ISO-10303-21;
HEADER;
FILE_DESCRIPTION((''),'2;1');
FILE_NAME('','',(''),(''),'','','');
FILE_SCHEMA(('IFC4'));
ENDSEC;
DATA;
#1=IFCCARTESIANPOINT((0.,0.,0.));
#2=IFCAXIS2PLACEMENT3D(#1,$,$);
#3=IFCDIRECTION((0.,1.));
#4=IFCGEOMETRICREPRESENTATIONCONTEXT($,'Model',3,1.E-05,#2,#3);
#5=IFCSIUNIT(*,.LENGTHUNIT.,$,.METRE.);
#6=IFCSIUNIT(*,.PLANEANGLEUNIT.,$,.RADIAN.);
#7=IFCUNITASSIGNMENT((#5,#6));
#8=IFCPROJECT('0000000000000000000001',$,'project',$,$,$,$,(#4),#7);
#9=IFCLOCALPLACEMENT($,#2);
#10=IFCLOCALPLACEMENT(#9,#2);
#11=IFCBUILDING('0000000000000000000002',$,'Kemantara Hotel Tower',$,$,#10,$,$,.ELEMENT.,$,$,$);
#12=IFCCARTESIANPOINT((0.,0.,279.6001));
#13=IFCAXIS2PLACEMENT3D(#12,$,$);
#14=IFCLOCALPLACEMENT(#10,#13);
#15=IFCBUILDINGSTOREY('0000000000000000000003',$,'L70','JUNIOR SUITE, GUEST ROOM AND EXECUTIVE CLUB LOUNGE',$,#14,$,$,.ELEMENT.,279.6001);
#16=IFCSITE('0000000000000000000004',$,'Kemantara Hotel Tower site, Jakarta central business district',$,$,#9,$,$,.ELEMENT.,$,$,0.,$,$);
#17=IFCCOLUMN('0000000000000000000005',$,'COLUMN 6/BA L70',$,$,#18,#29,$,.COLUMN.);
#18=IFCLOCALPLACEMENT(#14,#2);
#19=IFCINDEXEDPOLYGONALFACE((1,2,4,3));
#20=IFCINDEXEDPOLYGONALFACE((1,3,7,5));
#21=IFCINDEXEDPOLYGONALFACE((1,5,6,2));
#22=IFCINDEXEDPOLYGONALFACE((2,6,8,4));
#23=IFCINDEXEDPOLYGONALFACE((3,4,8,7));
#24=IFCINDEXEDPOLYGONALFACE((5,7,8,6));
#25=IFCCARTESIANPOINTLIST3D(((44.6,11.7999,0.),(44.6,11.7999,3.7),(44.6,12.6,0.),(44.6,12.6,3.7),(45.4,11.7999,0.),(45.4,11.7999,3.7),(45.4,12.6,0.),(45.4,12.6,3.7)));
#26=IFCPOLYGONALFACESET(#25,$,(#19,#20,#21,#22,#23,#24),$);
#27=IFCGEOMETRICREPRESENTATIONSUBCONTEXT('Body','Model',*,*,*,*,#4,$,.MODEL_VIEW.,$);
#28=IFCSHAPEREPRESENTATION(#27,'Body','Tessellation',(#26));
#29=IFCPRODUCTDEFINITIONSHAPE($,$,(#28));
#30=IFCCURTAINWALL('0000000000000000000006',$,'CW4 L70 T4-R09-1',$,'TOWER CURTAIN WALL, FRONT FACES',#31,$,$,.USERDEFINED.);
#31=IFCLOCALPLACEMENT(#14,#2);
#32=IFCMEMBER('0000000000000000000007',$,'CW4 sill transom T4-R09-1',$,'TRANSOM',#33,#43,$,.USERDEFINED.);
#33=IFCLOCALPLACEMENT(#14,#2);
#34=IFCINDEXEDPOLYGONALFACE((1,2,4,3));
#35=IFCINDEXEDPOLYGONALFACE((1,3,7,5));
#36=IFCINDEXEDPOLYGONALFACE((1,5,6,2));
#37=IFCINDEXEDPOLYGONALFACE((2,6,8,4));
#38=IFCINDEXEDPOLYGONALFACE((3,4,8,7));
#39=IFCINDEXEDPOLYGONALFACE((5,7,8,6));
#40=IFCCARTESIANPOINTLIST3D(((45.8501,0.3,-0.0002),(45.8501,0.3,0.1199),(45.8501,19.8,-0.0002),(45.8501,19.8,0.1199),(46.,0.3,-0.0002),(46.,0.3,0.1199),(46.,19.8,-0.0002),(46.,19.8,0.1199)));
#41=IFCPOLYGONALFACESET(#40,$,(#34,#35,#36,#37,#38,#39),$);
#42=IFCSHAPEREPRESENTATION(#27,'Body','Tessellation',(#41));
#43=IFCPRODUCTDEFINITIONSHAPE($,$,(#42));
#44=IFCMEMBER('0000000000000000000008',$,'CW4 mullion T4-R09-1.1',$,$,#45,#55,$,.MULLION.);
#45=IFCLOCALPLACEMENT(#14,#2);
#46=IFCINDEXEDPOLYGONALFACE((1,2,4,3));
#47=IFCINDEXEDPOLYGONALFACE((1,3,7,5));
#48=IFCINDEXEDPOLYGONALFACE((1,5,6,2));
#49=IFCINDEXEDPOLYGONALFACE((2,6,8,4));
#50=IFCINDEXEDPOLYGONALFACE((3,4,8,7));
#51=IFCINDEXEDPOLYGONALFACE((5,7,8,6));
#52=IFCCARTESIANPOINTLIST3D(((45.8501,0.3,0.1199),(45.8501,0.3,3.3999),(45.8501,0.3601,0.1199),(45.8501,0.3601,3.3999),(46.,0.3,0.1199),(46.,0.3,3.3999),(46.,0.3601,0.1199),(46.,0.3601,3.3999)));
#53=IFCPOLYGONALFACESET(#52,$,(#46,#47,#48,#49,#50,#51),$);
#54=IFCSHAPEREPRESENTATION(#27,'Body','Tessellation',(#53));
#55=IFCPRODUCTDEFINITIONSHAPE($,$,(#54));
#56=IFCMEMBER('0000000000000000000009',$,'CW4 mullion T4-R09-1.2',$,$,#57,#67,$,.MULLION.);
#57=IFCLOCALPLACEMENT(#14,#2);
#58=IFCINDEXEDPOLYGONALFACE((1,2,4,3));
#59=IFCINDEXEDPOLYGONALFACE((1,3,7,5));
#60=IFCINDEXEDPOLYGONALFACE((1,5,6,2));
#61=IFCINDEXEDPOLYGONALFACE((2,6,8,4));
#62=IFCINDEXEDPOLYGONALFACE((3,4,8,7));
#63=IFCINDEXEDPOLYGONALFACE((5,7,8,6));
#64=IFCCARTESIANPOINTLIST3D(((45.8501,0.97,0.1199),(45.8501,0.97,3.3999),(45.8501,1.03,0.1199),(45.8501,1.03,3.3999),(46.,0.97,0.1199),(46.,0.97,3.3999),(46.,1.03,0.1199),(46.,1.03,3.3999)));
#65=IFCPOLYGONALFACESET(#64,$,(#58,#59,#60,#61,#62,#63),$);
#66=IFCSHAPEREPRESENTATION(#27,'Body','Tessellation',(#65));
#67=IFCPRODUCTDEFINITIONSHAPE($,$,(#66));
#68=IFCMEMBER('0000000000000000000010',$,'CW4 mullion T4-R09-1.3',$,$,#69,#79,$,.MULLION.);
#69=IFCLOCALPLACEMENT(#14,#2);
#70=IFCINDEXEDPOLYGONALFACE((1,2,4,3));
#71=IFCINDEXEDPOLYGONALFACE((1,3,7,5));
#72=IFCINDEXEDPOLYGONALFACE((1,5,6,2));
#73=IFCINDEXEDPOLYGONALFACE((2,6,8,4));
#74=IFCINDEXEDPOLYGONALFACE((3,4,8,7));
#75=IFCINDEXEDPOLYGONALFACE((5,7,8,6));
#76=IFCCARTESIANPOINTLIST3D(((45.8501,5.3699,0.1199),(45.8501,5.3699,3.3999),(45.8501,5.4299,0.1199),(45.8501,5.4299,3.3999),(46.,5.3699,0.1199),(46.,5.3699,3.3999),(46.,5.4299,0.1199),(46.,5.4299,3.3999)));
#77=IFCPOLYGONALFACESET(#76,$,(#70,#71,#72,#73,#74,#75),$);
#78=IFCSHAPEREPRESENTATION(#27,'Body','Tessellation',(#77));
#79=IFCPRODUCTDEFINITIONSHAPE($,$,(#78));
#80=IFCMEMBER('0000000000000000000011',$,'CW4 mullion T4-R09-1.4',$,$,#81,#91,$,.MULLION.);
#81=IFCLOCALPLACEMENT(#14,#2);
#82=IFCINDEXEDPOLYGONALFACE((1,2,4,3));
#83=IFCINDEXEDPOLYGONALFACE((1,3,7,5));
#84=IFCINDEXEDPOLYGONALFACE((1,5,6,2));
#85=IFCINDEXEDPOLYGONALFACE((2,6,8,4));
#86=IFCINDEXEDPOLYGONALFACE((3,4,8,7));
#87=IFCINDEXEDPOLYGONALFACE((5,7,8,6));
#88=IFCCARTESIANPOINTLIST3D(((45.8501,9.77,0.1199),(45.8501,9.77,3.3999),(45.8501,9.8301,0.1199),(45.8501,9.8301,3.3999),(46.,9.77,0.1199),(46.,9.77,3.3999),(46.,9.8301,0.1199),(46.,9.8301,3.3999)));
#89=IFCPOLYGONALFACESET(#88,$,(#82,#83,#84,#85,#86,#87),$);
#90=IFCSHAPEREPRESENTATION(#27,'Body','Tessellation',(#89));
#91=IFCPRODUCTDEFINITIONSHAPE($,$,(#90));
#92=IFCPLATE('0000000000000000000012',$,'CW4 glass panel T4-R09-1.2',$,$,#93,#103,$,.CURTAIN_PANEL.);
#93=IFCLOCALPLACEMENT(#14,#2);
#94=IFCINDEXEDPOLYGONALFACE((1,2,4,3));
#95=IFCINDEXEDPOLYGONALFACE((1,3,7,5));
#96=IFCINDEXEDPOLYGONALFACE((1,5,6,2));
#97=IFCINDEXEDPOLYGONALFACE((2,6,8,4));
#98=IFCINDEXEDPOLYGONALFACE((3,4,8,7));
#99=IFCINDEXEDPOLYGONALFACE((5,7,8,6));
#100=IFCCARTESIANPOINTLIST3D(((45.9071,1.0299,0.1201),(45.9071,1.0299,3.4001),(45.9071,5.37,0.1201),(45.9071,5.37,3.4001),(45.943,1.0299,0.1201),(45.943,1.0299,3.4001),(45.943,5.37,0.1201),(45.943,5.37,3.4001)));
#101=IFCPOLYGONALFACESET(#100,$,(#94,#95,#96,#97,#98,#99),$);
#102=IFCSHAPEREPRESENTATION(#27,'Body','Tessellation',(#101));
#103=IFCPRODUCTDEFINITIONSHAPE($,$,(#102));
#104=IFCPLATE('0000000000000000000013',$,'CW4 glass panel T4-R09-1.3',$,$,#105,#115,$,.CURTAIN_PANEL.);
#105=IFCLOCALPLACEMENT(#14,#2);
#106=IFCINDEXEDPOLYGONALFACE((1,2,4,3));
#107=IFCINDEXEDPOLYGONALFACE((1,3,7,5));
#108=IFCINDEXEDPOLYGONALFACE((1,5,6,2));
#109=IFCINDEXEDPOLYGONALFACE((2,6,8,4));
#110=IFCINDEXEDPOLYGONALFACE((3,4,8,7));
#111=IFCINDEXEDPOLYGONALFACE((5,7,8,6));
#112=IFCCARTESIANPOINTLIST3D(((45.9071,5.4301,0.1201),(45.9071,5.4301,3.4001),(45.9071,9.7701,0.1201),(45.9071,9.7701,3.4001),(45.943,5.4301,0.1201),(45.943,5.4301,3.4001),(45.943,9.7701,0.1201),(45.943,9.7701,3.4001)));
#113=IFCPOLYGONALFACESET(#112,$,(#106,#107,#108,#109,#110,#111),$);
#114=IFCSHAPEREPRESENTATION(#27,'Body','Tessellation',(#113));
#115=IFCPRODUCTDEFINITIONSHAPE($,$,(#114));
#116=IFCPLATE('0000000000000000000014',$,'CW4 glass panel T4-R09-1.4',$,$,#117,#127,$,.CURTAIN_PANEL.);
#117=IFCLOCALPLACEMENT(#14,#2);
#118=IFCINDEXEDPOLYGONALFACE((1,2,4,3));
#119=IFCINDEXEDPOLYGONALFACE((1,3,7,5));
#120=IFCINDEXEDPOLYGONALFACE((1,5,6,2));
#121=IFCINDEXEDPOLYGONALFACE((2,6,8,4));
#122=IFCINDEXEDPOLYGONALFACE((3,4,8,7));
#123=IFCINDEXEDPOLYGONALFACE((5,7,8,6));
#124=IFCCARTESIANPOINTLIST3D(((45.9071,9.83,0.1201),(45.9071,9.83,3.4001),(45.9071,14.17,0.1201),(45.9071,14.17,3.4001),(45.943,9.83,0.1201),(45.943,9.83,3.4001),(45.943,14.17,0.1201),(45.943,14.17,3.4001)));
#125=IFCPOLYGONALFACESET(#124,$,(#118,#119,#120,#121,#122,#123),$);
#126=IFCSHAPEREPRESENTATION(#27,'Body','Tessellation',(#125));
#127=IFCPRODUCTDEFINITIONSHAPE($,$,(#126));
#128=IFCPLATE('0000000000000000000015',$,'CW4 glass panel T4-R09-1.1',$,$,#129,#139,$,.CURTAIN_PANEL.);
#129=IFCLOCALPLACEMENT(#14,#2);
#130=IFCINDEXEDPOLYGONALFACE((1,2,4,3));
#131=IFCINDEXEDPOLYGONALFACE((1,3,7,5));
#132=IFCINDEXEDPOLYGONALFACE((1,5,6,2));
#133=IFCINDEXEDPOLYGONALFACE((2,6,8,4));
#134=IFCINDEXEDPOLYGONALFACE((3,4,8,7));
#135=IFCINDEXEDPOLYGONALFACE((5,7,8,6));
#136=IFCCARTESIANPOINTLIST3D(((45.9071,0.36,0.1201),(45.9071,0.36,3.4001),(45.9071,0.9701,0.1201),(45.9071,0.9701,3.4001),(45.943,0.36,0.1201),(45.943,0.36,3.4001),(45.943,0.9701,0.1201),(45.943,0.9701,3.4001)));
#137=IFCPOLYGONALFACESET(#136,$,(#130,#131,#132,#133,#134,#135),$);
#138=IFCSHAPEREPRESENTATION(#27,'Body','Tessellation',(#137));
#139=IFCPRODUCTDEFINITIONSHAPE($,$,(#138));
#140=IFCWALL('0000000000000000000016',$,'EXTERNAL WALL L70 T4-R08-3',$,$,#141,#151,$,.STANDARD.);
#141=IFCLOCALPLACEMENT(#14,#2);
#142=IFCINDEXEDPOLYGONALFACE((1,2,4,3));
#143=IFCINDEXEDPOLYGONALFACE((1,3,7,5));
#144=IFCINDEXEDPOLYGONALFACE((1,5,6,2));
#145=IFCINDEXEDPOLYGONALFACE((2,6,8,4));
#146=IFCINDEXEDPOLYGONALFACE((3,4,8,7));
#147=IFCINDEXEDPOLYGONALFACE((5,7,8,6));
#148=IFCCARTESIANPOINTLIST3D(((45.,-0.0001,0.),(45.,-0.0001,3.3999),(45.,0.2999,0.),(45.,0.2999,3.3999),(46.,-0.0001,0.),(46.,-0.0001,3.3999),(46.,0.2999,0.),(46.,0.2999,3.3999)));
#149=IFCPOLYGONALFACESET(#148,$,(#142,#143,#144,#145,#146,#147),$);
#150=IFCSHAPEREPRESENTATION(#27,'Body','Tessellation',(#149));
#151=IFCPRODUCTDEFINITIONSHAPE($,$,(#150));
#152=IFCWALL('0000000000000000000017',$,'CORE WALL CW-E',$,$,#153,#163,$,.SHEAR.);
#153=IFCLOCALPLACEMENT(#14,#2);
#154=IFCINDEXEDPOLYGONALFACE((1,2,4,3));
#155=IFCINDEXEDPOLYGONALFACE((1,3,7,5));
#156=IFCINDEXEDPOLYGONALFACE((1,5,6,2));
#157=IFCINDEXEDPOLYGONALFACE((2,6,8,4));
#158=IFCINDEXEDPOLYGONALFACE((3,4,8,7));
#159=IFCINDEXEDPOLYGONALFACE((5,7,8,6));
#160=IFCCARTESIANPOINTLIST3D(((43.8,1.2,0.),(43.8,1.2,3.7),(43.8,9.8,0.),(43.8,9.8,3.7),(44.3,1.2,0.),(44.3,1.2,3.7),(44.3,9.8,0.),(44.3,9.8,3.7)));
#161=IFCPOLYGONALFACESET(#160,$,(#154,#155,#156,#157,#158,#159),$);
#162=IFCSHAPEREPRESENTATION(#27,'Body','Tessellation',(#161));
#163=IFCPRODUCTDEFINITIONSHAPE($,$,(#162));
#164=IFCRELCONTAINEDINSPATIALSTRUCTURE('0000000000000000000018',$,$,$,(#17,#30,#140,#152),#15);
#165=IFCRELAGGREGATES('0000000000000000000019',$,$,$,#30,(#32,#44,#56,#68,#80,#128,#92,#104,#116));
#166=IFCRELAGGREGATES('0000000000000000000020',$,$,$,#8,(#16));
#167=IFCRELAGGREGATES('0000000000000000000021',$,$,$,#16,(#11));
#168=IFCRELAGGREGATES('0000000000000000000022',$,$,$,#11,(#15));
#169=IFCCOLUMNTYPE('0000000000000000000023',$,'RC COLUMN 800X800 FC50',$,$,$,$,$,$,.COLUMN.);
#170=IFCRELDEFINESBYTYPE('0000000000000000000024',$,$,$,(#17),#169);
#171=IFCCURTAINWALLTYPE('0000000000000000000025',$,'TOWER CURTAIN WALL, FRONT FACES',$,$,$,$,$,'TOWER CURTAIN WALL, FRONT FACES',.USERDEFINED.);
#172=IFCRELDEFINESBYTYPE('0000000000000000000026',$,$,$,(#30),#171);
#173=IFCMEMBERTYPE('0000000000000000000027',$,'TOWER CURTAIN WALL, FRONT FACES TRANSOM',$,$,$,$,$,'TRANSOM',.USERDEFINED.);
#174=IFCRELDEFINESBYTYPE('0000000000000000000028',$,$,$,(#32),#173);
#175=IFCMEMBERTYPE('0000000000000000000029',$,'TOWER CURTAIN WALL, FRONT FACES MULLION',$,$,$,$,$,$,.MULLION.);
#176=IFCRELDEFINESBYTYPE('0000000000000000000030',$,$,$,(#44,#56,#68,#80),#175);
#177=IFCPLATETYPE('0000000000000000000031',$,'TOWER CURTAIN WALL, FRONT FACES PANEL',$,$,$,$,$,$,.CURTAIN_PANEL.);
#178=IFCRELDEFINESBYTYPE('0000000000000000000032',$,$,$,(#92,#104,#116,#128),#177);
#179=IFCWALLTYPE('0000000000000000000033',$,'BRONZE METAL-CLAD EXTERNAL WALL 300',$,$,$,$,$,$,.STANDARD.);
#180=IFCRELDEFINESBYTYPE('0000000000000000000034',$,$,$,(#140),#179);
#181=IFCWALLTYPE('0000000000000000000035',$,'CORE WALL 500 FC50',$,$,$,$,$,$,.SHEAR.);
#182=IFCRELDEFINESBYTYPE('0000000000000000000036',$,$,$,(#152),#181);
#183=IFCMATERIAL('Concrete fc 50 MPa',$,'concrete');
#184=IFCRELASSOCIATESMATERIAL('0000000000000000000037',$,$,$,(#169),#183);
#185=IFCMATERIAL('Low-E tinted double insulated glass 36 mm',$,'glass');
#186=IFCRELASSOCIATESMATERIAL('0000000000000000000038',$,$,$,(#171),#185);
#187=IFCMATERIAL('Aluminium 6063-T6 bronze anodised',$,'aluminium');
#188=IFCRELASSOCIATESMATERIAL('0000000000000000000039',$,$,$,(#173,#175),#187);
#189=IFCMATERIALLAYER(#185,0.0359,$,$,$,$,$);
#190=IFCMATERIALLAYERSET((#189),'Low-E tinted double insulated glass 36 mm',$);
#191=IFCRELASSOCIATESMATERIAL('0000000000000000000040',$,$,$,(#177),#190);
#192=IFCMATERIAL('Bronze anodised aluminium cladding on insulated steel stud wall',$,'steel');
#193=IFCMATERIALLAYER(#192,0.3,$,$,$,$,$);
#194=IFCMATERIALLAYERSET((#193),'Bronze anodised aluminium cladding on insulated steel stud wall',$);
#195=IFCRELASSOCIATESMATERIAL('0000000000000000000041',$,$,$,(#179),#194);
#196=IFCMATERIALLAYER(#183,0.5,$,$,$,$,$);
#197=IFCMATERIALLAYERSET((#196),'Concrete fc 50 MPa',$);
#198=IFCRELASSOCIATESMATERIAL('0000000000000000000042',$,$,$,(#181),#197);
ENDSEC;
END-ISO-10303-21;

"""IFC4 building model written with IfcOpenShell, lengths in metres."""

from ifc_helpers import new_model, si_unit, direction, frame, frame_2d, origin, origin_2d, place, context, subcontext, project, spatial, rectangle, extrude, source, transform, mapped, material, layer, layer_set, material_profile, profile_set, type_object, element, aggregate, save


model = new_model("IFC4")

# Units and contexts
model_context = context("Model", 3, precision=1e-05, world=origin(), true_north=direction((0.0, 1.0)))
body_context = subcontext(model_context, "Body", "Model", "MODEL_VIEW")
ifc_project = project(units=[si_unit("LENGTHUNIT", "METRE"), si_unit("PLANEANGLEUNIT", "RADIAN")], contexts=[model_context])

# Site, building, storey
site_placement = place(None, origin())
site = spatial("IfcSite", under=ifc_project, at=site_placement, Name="Kemantara Hotel Tower site, Jakarta central business district", CompositionType="ELEMENT", RefElevation=0.0)
building_placement = place(site_placement, origin())
building = spatial("IfcBuilding", under=site, at=building_placement, Name="Kemantara Hotel Tower", CompositionType="ELEMENT")
storey_placement = place(building_placement, frame((0.0, 0.0, 279.6001)))
storey = spatial("IfcBuildingStorey", under=building, at=storey_placement, Name="L70", Description="JUNIOR SUITE, GUEST ROOM AND EXECUTIVE CLUB LOUNGE", CompositionType="ELEMENT", Elevation=279.6001)

# Column
ifc_material_1 = material(Name="Concrete fc 50 MPa", Category="concrete")
ifc_material_profile_1 = material_profile(ifc_material_1, rectangle(XDim=0.8, YDim=0.8, at=origin_2d()), Name="RC 800X800")
ifc_profile_set_1 = profile_set([ifc_material_profile_1], Name="Concrete fc 50 MPa")
column_type = type_object("IfcColumnType", Name="RC COLUMN 800X800 FC50", PredefinedType="COLUMN", material=ifc_profile_set_1)
column_placement = place(storey_placement, frame((45.0, 12.2, 0.0), z_axis=(0.0, 0.0, 1.0), x_axis=(1.0, 0.0, 0.0)))
element("IfcColumn", 1, at=column_placement, inside=storey, type_object=column_type, Name="COLUMN 6/BA L70", PredefinedType="COLUMN", context=body_context, shape_type="SweptSolid", body=[
    extrude(rectangle(XDim=0.8, YDim=0.8, at=origin_2d()), origin(), (0.0, 0.0, 1.0), 3.7),
])

# Curtain wall, members, plates
ifc_material_2 = material(Name="Low-E tinted double insulated glass 36 mm", Category="glass")
curtain_wall_type = type_object("IfcCurtainWallType", Name="TOWER CURTAIN WALL, FRONT FACES", ElementType="TOWER CURTAIN WALL, FRONT FACES", PredefinedType="USERDEFINED", material=ifc_material_2)
curtain_wall_placement = place(storey_placement, origin())
curtain_wall = element("IfcCurtainWall", 2, at=curtain_wall_placement, inside=storey, type_object=curtain_wall_type, Name="CW4 L70 T4-R09-1", ObjectType="TOWER CURTAIN WALL, FRONT FACES", PredefinedType="USERDEFINED")
ifc_material_3 = material(Name="Aluminium 6063-T6 bronze anodised", Category="aluminium")
ifc_material_profile_2 = material_profile(ifc_material_3, rectangle(XDim=0.1499, YDim=0.1201, at=origin_2d()), Name="TOWER CURTAIN WALL, FRONT FACES TRANSOM")
ifc_profile_set_2 = profile_set([ifc_material_profile_2], Name="Aluminium 6063-T6 bronze anodised")
member_type_1 = type_object("IfcMemberType", Name="TOWER CURTAIN WALL, FRONT FACES TRANSOM", ElementType="TRANSOM", PredefinedType="USERDEFINED", material=ifc_profile_set_2)
member_1_placement = place(storey_placement, frame((45.925, 0.3, 0.0598), z_axis=(0.0, 1.0, 0.0), x_axis=(-1.0, 0.0, 0.0)))
member_1 = element("IfcMember", 3, at=member_1_placement, type_object=member_type_1, Name="CW4 sill transom T4-R09-1", ObjectType="TRANSOM", PredefinedType="USERDEFINED", context=body_context, shape_type="SweptSolid", body=[
    extrude(rectangle(XDim=0.1499, YDim=0.1201, at=origin_2d()), origin(), (0.0, 0.0, 1.0), 19.5),
])
ifc_material_profile_3 = material_profile(ifc_material_3, rectangle(XDim=0.1499, YDim=0.0601, at=origin_2d()), Name="TOWER CURTAIN WALL, FRONT FACES MULLION")
ifc_profile_set_3 = profile_set([ifc_material_profile_3], Name="Aluminium 6063-T6 bronze anodised")
member_type_2 = type_object("IfcMemberType", Name="TOWER CURTAIN WALL, FRONT FACES MULLION", PredefinedType="MULLION", material=ifc_profile_set_3)
shared_shape_1 = source(origin(), body_context, "Body", "SweptSolid", [
    extrude(rectangle(XDim=0.1499, YDim=0.0601, at=origin_2d()), origin(), (0.0, 0.0, 1.0), 3.28),
])
member_2_placement = place(storey_placement, frame((45.925, 0.3301, 0.1199), z_axis=(0.0, 0.0, 1.0), x_axis=(-1.0, 0.0, 0.0)))
member_2 = element("IfcMember", 4, at=member_2_placement, type_object=member_type_2, Name="CW4 mullion T4-R09-1.1", PredefinedType="MULLION", context=body_context, shape_type="MappedRepresentation", body=[
    mapped(shared_shape_1, transform((0.0, 0.0, 0.0))),
])
member_3_placement = place(storey_placement, frame((45.925, 1.0, 0.1199), z_axis=(0.0, 0.0, 1.0), x_axis=(-1.0, 0.0, 0.0)))
member_3 = element("IfcMember", 5, at=member_3_placement, type_object=member_type_2, Name="CW4 mullion T4-R09-1.2", PredefinedType="MULLION", context=body_context, shape_type="MappedRepresentation", body=[
    mapped(shared_shape_1, transform((0.0, 0.0, 0.0))),
])
member_4_placement = place(storey_placement, frame((45.925, 5.3999, 0.1199), z_axis=(0.0, 0.0, 1.0), x_axis=(-1.0, 0.0, 0.0)))
member_4 = element("IfcMember", 6, at=member_4_placement, type_object=member_type_2, Name="CW4 mullion T4-R09-1.3", PredefinedType="MULLION", context=body_context, shape_type="MappedRepresentation", body=[
    mapped(shared_shape_1, transform((0.0, 0.0, 0.0))),
])
member_5_placement = place(storey_placement, frame((45.925, 9.8, 0.1199), z_axis=(0.0, 0.0, 1.0), x_axis=(-1.0, 0.0, 0.0)))
member_5 = element("IfcMember", 7, at=member_5_placement, type_object=member_type_2, Name="CW4 mullion T4-R09-1.4", PredefinedType="MULLION", context=body_context, shape_type="MappedRepresentation", body=[
    mapped(shared_shape_1, transform((0.0, 0.0, 0.0))),
])
ifc_layer_1 = layer(ifc_material_2, 0.0359)
ifc_layer_set_1 = layer_set([ifc_layer_1], Name="Low-E tinted double insulated glass 36 mm")
plate_type = type_object("IfcPlateType", Name="TOWER CURTAIN WALL, FRONT FACES PANEL", PredefinedType="CURTAIN_PANEL", material=ifc_layer_set_1)
shared_shape_2 = source(origin(), body_context, "Body", "SweptSolid", [
    extrude(rectangle(XDim=4.3401, YDim=0.0359, at=origin_2d()), origin(), (0.0, 0.0, 1.0), 3.28),
])
plate_1_placement = place(storey_placement, frame((45.925, 3.2, 0.1201), z_axis=(0.0, 0.0, 1.0), x_axis=(0.0, 1.0, 0.0)))
plate_1 = element("IfcPlate", 8, at=plate_1_placement, type_object=plate_type, Name="CW4 glass panel T4-R09-1.2", PredefinedType="CURTAIN_PANEL", context=body_context, shape_type="MappedRepresentation", body=[
    mapped(shared_shape_2, transform((0.0, 0.0, 0.0))),
])
plate_2_placement = place(storey_placement, frame((45.925, 7.6001, 0.1201), z_axis=(0.0, 0.0, 1.0), x_axis=(0.0, 1.0, 0.0)))
plate_2 = element("IfcPlate", 9, at=plate_2_placement, type_object=plate_type, Name="CW4 glass panel T4-R09-1.3", PredefinedType="CURTAIN_PANEL", context=body_context, shape_type="MappedRepresentation", body=[
    mapped(shared_shape_2, transform((0.0, 0.0, 0.0))),
])
plate_3_placement = place(storey_placement, frame((45.925, 12.0, 0.1201), z_axis=(0.0, 0.0, 1.0), x_axis=(0.0, 1.0, 0.0)))
plate_3 = element("IfcPlate", 10, at=plate_3_placement, type_object=plate_type, Name="CW4 glass panel T4-R09-1.4", PredefinedType="CURTAIN_PANEL", context=body_context, shape_type="MappedRepresentation", body=[
    mapped(shared_shape_2, transform((0.0, 0.0, 0.0))),
])
shared_shape_3 = source(origin(), body_context, "Body", "SweptSolid", [
    extrude(rectangle(XDim=0.6101, YDim=0.0359, at=origin_2d()), origin(), (0.0, 0.0, 1.0), 3.28),
])
plate_4_placement = place(storey_placement, frame((45.925, 0.665, 0.1201), z_axis=(0.0, 0.0, 1.0), x_axis=(0.0, 1.0, 0.0)))
plate_4 = element("IfcPlate", 11, at=plate_4_placement, type_object=plate_type, Name="CW4 glass panel T4-R09-1.1", PredefinedType="CURTAIN_PANEL", context=body_context, shape_type="MappedRepresentation", body=[
    mapped(shared_shape_3, transform((0.0, 0.0, 0.0))),
])
aggregate(curtain_wall, [member_1, member_2, member_3, member_4, member_5, plate_4, plate_1, plate_2, plate_3])

# Walls
ifc_material_4 = material(Name="Bronze anodised aluminium cladding on insulated steel stud wall", Category="steel")
ifc_layer_2 = layer(ifc_material_4, 0.3)
ifc_layer_set_2 = layer_set([ifc_layer_2], Name="Bronze anodised aluminium cladding on insulated steel stud wall")
wall_type_1 = type_object("IfcWallType", Name="BRONZE METAL-CLAD EXTERNAL WALL 300", PredefinedType="STANDARD", material=ifc_layer_set_2)
wall_1_placement = place(storey_placement, frame((45.0, 0.1499, 0.0), z_axis=(0.0, 0.0, 1.0), x_axis=(1.0, 0.0, 0.0)))
element("IfcWall", 12, at=wall_1_placement, inside=storey, type_object=wall_type_1, Name="EXTERNAL WALL L70 T4-R08-3", PredefinedType="STANDARD", context=body_context, shape_type="SweptSolid", body=[
    extrude(rectangle(XDim=1.0, YDim=0.3, at=frame_2d((0.5, 0.0))), origin(), (0.0, 0.0, 1.0), 3.3999),
])
ifc_layer_3 = layer(ifc_material_1, 0.5)
ifc_layer_set_3 = layer_set([ifc_layer_3], Name="Concrete fc 50 MPa")
wall_type_2 = type_object("IfcWallType", Name="CORE WALL 500 FC50", PredefinedType="SHEAR", material=ifc_layer_set_3)
wall_2_placement = place(storey_placement, frame((44.05, 1.2, 0.0), z_axis=(0.0, 0.0, 1.0), x_axis=(0.0, 1.0, 0.0)))
element("IfcWall", 13, at=wall_2_placement, inside=storey, type_object=wall_type_2, Name="CORE WALL CW-E", PredefinedType="SHEAR", context=body_context, shape_type="SweptSolid", body=[
    extrude(rectangle(XDim=8.6001, YDim=0.5, at=frame_2d((4.3, 0.0))), origin(), (0.0, 0.0, 1.0), 3.7),
])

save(model, "model.ifc")
